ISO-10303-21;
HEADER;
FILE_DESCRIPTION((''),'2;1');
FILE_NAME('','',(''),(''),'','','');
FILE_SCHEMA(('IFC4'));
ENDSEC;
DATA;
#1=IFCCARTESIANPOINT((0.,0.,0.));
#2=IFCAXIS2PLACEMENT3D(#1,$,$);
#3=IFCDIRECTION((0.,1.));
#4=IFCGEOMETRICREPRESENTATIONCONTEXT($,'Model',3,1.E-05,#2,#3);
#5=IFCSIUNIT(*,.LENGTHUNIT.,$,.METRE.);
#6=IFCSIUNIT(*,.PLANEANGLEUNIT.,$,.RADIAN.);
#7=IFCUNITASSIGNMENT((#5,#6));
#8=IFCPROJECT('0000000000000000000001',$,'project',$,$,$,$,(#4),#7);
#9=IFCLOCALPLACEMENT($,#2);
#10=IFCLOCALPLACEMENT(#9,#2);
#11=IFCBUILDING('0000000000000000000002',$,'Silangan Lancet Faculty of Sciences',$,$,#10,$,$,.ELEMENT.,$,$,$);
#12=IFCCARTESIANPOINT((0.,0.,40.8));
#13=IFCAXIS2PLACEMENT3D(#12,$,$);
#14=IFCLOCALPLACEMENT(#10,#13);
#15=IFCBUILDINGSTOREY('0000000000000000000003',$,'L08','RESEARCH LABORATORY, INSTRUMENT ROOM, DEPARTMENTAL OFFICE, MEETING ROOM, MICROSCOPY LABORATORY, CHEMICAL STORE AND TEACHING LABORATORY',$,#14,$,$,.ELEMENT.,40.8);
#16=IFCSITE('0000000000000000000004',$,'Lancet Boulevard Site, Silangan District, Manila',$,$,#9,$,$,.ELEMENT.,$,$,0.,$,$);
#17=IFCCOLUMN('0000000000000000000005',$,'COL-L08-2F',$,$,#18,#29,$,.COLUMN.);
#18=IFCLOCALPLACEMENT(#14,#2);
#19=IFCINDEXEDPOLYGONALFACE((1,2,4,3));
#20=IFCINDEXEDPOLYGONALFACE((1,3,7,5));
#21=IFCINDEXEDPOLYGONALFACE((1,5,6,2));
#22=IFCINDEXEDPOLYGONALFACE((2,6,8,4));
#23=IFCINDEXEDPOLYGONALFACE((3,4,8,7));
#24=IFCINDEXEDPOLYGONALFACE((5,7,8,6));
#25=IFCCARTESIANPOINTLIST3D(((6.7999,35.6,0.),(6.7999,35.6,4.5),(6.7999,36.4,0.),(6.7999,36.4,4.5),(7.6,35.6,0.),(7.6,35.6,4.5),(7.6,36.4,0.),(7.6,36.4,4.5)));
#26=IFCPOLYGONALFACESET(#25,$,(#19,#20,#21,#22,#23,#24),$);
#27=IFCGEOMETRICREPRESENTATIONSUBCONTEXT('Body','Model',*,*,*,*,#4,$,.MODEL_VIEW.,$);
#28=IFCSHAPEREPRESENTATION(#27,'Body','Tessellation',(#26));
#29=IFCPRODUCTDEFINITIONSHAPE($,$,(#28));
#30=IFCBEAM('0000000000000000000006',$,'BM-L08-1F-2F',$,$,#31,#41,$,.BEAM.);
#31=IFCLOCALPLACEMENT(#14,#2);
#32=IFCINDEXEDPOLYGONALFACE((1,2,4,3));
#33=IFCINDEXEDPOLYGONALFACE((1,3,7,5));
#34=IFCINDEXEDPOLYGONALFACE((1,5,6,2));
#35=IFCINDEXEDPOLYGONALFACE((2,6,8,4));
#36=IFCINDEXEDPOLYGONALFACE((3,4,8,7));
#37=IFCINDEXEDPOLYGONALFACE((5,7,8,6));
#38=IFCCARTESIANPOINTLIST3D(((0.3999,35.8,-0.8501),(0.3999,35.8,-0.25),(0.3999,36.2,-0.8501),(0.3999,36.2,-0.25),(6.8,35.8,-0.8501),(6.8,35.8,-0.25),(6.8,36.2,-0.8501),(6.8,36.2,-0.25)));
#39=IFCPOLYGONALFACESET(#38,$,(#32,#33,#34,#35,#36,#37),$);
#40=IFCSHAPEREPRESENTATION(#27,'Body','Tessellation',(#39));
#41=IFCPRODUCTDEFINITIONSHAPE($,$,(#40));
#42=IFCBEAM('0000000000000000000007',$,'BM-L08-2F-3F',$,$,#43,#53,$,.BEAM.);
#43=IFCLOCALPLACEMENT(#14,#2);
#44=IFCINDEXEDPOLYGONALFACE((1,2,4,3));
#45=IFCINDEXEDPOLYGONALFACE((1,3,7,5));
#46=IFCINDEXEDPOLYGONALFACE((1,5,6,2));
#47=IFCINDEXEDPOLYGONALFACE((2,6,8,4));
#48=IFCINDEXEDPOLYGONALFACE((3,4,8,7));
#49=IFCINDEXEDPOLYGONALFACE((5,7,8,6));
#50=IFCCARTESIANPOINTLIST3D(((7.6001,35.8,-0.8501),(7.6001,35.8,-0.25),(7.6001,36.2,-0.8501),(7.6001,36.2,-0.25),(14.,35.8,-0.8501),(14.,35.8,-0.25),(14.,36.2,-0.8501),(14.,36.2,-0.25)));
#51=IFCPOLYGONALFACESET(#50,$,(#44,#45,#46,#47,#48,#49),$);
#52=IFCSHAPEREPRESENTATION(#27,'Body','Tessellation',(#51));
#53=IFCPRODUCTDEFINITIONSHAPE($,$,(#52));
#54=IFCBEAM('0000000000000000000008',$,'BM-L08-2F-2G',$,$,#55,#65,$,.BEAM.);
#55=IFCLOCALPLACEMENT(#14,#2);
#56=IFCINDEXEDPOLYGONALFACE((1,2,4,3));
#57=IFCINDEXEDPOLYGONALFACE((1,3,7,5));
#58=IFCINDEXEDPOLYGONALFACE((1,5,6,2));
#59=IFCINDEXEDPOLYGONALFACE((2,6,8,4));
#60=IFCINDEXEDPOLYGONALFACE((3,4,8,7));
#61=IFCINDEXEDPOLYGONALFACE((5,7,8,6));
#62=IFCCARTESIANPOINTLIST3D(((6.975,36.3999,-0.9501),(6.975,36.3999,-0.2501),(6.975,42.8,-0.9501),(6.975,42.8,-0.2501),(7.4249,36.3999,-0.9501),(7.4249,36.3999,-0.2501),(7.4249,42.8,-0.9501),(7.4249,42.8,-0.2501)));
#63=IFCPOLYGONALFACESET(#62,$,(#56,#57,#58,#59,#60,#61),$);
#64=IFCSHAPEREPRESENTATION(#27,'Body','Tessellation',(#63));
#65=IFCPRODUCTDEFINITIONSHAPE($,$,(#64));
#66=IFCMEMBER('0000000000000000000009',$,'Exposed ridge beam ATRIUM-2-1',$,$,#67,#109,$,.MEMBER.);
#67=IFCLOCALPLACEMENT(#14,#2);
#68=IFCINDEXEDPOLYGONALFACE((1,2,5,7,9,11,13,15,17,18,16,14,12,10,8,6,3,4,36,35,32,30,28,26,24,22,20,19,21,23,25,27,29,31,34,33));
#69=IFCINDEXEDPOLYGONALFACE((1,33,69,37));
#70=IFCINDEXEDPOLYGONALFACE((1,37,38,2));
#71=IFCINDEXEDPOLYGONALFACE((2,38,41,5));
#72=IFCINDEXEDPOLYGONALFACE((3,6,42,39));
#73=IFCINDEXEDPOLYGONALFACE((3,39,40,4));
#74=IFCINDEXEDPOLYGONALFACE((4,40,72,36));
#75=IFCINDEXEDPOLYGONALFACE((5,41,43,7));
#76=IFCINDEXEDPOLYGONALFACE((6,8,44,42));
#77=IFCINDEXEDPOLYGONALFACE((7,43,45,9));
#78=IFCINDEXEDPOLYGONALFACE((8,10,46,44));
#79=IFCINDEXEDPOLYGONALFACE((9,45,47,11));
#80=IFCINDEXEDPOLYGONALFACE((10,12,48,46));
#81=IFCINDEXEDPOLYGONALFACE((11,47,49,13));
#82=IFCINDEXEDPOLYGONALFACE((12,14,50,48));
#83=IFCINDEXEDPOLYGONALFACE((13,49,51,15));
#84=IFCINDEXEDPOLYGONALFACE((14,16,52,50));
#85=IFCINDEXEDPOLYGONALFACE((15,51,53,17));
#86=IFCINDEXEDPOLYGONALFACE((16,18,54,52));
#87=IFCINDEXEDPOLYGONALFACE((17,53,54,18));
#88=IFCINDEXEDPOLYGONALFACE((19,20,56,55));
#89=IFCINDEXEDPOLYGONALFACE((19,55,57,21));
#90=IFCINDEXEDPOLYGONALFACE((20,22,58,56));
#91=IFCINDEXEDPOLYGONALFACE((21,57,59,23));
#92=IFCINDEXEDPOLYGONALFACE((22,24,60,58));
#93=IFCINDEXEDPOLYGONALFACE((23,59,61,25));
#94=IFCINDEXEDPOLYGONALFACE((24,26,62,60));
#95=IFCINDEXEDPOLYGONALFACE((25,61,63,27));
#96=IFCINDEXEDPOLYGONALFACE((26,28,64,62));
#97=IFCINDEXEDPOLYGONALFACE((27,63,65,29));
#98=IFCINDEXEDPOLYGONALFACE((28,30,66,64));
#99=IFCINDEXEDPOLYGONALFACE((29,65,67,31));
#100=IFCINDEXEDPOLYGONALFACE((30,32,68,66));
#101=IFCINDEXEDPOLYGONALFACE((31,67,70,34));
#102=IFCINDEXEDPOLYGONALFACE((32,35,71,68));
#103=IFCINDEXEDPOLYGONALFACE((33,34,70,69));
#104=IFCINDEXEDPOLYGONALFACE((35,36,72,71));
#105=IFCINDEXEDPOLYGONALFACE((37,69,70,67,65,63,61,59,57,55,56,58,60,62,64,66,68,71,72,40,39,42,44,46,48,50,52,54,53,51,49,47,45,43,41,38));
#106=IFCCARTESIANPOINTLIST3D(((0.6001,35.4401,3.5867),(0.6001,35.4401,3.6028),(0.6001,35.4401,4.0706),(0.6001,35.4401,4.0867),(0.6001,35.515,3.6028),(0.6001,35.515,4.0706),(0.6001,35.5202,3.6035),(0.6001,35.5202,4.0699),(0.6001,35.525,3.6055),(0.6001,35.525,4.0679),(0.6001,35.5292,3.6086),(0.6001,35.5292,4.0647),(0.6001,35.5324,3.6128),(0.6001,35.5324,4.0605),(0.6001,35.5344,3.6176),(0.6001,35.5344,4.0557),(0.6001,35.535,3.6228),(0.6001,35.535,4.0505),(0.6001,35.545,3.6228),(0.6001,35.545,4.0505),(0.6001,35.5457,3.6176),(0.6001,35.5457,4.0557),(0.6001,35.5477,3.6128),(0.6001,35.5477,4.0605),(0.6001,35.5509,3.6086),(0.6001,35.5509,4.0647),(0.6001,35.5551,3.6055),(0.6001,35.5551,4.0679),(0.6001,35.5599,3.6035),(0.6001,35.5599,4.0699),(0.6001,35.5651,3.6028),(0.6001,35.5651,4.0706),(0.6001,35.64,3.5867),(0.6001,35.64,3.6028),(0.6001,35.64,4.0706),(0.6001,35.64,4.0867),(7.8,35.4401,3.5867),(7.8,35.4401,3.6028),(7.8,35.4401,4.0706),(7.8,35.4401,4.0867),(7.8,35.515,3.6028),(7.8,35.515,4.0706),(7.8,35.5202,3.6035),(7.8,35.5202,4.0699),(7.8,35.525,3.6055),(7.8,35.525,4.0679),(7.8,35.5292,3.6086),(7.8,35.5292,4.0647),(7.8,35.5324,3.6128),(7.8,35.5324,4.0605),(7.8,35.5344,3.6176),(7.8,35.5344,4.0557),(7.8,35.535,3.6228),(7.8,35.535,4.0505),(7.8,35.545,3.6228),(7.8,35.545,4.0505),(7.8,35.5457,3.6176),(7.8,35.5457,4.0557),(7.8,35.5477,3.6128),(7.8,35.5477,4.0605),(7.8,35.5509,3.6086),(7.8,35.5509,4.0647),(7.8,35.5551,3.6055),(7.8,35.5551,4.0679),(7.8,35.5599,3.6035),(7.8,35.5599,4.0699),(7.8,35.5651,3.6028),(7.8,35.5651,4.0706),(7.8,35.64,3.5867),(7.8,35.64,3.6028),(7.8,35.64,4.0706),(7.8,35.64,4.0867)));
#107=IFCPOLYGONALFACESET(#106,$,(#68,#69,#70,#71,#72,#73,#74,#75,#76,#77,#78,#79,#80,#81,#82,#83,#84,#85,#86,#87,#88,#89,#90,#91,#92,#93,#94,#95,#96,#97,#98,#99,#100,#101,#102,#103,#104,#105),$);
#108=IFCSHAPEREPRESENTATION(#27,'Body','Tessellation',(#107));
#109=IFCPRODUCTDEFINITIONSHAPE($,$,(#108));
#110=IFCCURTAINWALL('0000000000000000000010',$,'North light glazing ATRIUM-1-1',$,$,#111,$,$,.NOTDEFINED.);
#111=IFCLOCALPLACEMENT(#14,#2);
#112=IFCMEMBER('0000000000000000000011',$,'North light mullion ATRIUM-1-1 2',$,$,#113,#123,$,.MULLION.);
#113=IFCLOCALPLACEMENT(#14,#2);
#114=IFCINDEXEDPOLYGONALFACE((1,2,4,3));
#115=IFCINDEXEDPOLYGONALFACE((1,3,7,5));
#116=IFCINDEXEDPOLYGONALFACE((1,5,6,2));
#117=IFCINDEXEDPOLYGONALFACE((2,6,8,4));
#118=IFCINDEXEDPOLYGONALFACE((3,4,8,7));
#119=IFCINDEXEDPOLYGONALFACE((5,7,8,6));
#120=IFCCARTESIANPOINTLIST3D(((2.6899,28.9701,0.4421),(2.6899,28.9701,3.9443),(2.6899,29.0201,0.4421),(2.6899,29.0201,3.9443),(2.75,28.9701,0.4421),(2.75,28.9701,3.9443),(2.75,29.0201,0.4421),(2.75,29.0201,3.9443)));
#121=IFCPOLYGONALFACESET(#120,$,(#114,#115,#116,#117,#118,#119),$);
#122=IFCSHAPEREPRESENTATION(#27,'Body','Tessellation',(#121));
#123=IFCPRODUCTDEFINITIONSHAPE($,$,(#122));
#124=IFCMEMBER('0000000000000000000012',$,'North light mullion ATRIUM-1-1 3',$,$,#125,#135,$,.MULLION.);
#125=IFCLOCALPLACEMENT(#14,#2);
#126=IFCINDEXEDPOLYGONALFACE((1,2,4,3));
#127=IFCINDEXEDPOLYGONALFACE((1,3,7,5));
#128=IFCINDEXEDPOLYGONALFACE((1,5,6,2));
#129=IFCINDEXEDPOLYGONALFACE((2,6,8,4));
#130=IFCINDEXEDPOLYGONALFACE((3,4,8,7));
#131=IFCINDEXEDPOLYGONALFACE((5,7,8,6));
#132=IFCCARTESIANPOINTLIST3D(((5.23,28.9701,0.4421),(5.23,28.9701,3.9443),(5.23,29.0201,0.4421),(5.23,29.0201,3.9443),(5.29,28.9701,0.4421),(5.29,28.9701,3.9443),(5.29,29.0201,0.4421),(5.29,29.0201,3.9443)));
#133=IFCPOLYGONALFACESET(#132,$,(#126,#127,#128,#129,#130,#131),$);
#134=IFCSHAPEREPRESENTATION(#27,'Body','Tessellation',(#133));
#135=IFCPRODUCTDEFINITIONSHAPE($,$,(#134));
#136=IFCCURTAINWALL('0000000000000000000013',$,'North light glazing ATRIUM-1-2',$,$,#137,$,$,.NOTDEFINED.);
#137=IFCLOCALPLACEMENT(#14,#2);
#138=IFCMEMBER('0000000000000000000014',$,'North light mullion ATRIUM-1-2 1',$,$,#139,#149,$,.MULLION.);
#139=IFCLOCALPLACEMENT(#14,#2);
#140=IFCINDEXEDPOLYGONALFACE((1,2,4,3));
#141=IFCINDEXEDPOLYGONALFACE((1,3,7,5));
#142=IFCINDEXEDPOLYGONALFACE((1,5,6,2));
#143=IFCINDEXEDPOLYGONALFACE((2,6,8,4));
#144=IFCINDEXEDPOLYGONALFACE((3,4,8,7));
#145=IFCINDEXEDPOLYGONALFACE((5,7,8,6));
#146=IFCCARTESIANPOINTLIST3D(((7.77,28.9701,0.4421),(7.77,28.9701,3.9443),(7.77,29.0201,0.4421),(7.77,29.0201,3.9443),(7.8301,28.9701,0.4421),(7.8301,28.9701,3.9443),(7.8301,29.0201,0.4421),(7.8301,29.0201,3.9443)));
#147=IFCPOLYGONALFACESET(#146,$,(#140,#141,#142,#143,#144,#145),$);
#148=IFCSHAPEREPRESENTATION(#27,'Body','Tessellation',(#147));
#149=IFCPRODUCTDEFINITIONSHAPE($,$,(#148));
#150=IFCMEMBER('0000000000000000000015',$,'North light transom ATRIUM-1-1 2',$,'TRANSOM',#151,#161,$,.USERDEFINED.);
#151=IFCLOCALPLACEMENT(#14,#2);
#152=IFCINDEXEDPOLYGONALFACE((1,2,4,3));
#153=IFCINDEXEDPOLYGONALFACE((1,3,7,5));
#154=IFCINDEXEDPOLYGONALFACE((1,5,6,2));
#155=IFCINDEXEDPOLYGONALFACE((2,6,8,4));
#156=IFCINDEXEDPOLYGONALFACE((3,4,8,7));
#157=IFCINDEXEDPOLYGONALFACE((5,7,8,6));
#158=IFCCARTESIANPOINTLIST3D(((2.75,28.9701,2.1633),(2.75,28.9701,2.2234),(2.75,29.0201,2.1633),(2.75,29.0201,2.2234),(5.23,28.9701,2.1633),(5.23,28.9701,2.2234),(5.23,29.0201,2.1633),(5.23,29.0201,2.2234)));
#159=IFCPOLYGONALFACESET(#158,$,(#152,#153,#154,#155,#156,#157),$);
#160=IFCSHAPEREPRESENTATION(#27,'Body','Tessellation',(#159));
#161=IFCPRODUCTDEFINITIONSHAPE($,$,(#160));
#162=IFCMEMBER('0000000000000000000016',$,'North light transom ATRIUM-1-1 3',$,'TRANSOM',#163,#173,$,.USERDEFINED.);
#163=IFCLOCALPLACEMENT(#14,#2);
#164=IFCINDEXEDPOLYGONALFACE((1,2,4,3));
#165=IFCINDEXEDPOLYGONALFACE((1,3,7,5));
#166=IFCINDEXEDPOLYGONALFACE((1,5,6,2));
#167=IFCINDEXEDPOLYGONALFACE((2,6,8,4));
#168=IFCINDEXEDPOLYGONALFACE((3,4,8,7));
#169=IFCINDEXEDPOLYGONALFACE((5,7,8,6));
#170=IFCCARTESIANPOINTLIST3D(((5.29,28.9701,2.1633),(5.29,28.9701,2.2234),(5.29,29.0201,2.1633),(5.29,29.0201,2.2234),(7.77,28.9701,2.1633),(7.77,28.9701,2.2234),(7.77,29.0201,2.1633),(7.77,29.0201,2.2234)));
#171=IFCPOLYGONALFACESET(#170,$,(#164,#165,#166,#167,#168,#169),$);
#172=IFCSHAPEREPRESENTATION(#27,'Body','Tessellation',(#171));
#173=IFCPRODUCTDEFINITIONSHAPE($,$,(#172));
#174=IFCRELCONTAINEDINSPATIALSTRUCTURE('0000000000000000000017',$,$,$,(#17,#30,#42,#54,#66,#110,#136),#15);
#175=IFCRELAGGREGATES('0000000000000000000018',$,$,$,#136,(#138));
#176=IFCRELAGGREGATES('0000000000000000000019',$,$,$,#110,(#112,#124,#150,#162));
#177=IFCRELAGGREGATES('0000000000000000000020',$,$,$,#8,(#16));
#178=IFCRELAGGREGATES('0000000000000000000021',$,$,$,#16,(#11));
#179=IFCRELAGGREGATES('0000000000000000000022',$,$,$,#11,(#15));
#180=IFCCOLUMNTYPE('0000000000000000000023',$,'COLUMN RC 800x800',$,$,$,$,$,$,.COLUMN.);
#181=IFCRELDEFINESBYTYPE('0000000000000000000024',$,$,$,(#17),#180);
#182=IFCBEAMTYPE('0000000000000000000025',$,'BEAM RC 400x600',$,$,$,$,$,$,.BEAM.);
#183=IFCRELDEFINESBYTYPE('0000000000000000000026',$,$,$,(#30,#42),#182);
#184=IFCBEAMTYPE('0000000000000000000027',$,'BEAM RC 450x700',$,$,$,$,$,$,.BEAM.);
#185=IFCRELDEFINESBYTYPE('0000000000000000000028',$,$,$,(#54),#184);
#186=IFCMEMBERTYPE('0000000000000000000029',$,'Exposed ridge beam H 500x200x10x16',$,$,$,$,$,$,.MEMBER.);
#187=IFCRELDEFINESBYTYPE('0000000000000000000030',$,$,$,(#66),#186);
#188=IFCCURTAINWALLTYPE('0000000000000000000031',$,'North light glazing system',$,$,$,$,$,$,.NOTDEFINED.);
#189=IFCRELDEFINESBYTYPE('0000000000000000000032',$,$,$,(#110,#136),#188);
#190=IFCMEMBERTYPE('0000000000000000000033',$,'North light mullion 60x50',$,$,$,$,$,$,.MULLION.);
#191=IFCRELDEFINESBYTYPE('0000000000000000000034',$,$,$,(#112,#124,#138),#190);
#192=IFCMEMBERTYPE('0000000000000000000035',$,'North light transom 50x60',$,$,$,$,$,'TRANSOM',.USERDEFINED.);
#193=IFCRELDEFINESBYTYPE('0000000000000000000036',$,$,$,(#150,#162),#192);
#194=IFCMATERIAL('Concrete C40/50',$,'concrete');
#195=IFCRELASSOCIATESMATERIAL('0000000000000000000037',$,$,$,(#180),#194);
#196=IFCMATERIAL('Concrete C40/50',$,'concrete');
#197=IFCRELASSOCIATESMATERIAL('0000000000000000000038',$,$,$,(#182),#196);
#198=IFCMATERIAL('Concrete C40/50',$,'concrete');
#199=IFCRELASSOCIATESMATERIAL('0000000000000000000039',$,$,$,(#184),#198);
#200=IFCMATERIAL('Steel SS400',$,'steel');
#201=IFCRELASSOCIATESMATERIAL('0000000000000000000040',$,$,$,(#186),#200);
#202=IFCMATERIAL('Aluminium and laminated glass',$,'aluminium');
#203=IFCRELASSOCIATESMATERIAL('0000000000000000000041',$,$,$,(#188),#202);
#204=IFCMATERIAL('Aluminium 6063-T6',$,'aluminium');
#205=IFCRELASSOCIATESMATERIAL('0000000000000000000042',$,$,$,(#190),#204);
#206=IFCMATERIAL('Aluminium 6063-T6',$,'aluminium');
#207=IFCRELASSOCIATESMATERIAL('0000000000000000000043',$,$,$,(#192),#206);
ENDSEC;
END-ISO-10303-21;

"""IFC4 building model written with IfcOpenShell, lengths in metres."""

from ifc_helpers import new_model, si_unit, direction, frame, origin, origin_2d, place, context, subcontext, project, spatial, rectangle, i_section, extrude, material, material_profile, profile_set, type_object, element, aggregate, save


model = new_model("IFC4")

# Units and contexts
model_context = context("Model", 3, precision=1e-05, world=origin(), true_north=direction((0.0, 1.0)))
body_context = subcontext(model_context, "Body", "Model", "MODEL_VIEW")
ifc_project = project(units=[si_unit("LENGTHUNIT", "METRE"), si_unit("PLANEANGLEUNIT", "RADIAN")], contexts=[model_context])

# Site, building, storey
site_placement = place(None, origin())
site = spatial("IfcSite", under=ifc_project, at=site_placement, Name="Lancet Boulevard Site, Silangan District, Manila", CompositionType="ELEMENT", RefElevation=0.0)
building_placement = place(site_placement, origin())
building = spatial("IfcBuilding", under=site, at=building_placement, Name="Silangan Lancet Faculty of Sciences", CompositionType="ELEMENT")
storey_placement = place(building_placement, frame((0.0, 0.0, 40.8)))
storey = spatial("IfcBuildingStorey", under=building, at=storey_placement, Name="L08", Description="RESEARCH LABORATORY, INSTRUMENT ROOM, DEPARTMENTAL OFFICE, MEETING ROOM, MICROSCOPY LABORATORY, CHEMICAL STORE AND TEACHING LABORATORY", CompositionType="ELEMENT", Elevation=40.8)

# Column
ifc_material_1 = material(Name="Concrete C40/50", Category="concrete")
ifc_material_profile_1 = material_profile(ifc_material_1, rectangle(XDim=0.8, YDim=0.8, at=origin_2d()), Name="RC 800x800")
ifc_profile_set_1 = profile_set([ifc_material_profile_1], Name="Concrete C40/50")
column_type = type_object("IfcColumnType", Name="COLUMN RC 800x800", PredefinedType="COLUMN", material=ifc_profile_set_1)
column_placement = place(storey_placement, frame((7.2, 36.0, 0.0), z_axis=(0.0, 0.0, 1.0), x_axis=(1.0, 0.0, 0.0)))
element("IfcColumn", 1, at=column_placement, inside=storey, type_object=column_type, Name="COL-L08-2F", PredefinedType="COLUMN", context=body_context, shape_type="SweptSolid", body=[
    extrude(rectangle(XDim=0.8, YDim=0.8, at=origin_2d()), origin(), (0.0, 0.0, 1.0), 4.5),
])

# Beams
ifc_material_2 = material(Name="Concrete C40/50", Category="concrete")
ifc_material_profile_2 = material_profile(ifc_material_2, rectangle(XDim=0.3999, YDim=0.6001, at=origin_2d()), Name="RC 400x600")
ifc_profile_set_2 = profile_set([ifc_material_profile_2], Name="Concrete C40/50")
beam_type_1 = type_object("IfcBeamType", Name="BEAM RC 400x600", PredefinedType="BEAM", material=ifc_profile_set_2)
beam_1_placement = place(storey_placement, frame((0.3999, 36.0, -0.55), z_axis=(1.0, 0.0, 0.0), x_axis=(0.0, 1.0, 0.0)))
element("IfcBeam", 2, at=beam_1_placement, inside=storey, type_object=beam_type_1, Name="BM-L08-1F-2F", PredefinedType="BEAM", context=body_context, shape_type="SweptSolid", body=[
    extrude(rectangle(XDim=0.3999, YDim=0.6001, at=origin_2d()), origin(), (0.0, 0.0, 1.0), 6.4001),
])
beam_2_placement = place(storey_placement, frame((7.6001, 36.0, -0.55), z_axis=(1.0, 0.0, 0.0), x_axis=(0.0, 1.0, 0.0)))
element("IfcBeam", 3, at=beam_2_placement, inside=storey, type_object=beam_type_1, Name="BM-L08-2F-3F", PredefinedType="BEAM", context=body_context, shape_type="SweptSolid", body=[
    extrude(rectangle(XDim=0.3999, YDim=0.6001, at=origin_2d()), origin(), (0.0, 0.0, 1.0), 6.3999),
])
ifc_material_3 = material(Name="Concrete C40/50", Category="concrete")
ifc_material_profile_3 = material_profile(ifc_material_3, rectangle(XDim=0.45, YDim=0.7, at=origin_2d()), Name="RC 450x700")
ifc_profile_set_3 = profile_set([ifc_material_profile_3], Name="Concrete C40/50")
beam_type_2 = type_object("IfcBeamType", Name="BEAM RC 450x700", PredefinedType="BEAM", material=ifc_profile_set_3)
beam_3_placement = place(storey_placement, frame((7.2, 36.3999, -0.6001), z_axis=(0.0, 1.0, 0.0), x_axis=(-1.0, 0.0, 0.0)))
element("IfcBeam", 4, at=beam_3_placement, inside=storey, type_object=beam_type_2, Name="BM-L08-2F-2G", PredefinedType="BEAM", context=body_context, shape_type="SweptSolid", body=[
    extrude(rectangle(XDim=0.45, YDim=0.7, at=origin_2d()), origin(), (0.0, 0.0, 1.0), 6.4001),
])

# Member
ifc_material_4 = material(Name="Steel SS400", Category="steel")
ifc_material_profile_4 = material_profile(ifc_material_4, i_section(OverallWidth=0.2, OverallDepth=0.5, WebThickness=0.01, FlangeThickness=0.0161, FilletRadius=0.02, at=origin_2d()), Name="H 500x200x10x16")
ifc_profile_set_4 = profile_set([ifc_material_profile_4], Name="Steel SS400")
member_type_1 = type_object("IfcMemberType", Name="Exposed ridge beam H 500x200x10x16", PredefinedType="MEMBER", material=ifc_profile_set_4)
member_1_placement = place(storey_placement, frame((0.6001, 35.54, 3.8367), z_axis=(1.0, 0.0, 0.0), x_axis=(0.0, 1.0, 0.0)))
element("IfcMember", 5, at=member_1_placement, inside=storey, type_object=member_type_1, Name="Exposed ridge beam ATRIUM-2-1", PredefinedType="MEMBER", context=body_context, shape_type="SweptSolid", body=[
    extrude(i_section(OverallWidth=0.2, OverallDepth=0.5, WebThickness=0.01, FlangeThickness=0.0161, FilletRadius=0.02, at=origin_2d()), origin(), (0.0, 0.0, 1.0), 7.2),
])

# Curtain wall, members
ifc_material_5 = material(Name="Aluminium and laminated glass", Category="aluminium")
curtain_wall_type = type_object("IfcCurtainWallType", Name="North light glazing system", PredefinedType="NOTDEFINED", material=ifc_material_5)
curtain_wall_1_placement = place(storey_placement, origin())
curtain_wall_1 = element("IfcCurtainWall", 6, at=curtain_wall_1_placement, inside=storey, type_object=curtain_wall_type, Name="North light glazing ATRIUM-1-1", PredefinedType="NOTDEFINED")
ifc_material_6 = material(Name="Aluminium 6063-T6", Category="aluminium")
ifc_material_profile_5 = material_profile(ifc_material_6, rectangle(XDim=0.0601, YDim=0.05, at=origin_2d()), Name="AL 60x50")
ifc_profile_set_5 = profile_set([ifc_material_profile_5], Name="Aluminium 6063-T6")
member_type_2 = type_object("IfcMemberType", Name="North light mullion 60x50", PredefinedType="MULLION", material=ifc_profile_set_5)
member_2_placement = place(storey_placement, frame((2.72, 28.9951, 0.4421), z_axis=(0.0, 0.0, 1.0), x_axis=(1.0, 0.0, 0.0)))
member_2 = element("IfcMember", 7, at=member_2_placement, type_object=member_type_2, Name="North light mullion ATRIUM-1-1 2", PredefinedType="MULLION", context=body_context, shape_type="SweptSolid", body=[
    extrude(rectangle(XDim=0.0601, YDim=0.05, at=origin_2d()), origin(), (0.0, 0.0, 1.0), 3.5022),
])
member_3_placement = place(storey_placement, frame((5.26, 28.9951, 0.4421), z_axis=(0.0, 0.0, 1.0), x_axis=(1.0, 0.0, 0.0)))
member_3 = element("IfcMember", 8, at=member_3_placement, type_object=member_type_2, Name="North light mullion ATRIUM-1-1 3", PredefinedType="MULLION", context=body_context, shape_type="SweptSolid", body=[
    extrude(rectangle(XDim=0.0601, YDim=0.05, at=origin_2d()), origin(), (0.0, 0.0, 1.0), 3.5022),
])

# Curtain wall, member
curtain_wall_2_placement = place(storey_placement, origin())
curtain_wall_2 = element("IfcCurtainWall", 9, at=curtain_wall_2_placement, inside=storey, type_object=curtain_wall_type, Name="North light glazing ATRIUM-1-2", PredefinedType="NOTDEFINED")
member_4_placement = place(storey_placement, frame((7.8, 28.9951, 0.4421), z_axis=(0.0, 0.0, 1.0), x_axis=(1.0, 0.0, 0.0)))
member_4 = element("IfcMember", 10, at=member_4_placement, type_object=member_type_2, Name="North light mullion ATRIUM-1-2 1", PredefinedType="MULLION", context=body_context, shape_type="SweptSolid", body=[
    extrude(rectangle(XDim=0.0601, YDim=0.05, at=origin_2d()), origin(), (0.0, 0.0, 1.0), 3.5022),
])
aggregate(curtain_wall_2, [member_4])

# Members
ifc_material_7 = material(Name="Aluminium 6063-T6", Category="aluminium")
ifc_material_profile_6 = material_profile(ifc_material_7, rectangle(XDim=0.05, YDim=0.0601, at=origin_2d()), Name="AL 50x60")
ifc_profile_set_6 = profile_set([ifc_material_profile_6], Name="Aluminium 6063-T6")
member_type_3 = type_object("IfcMemberType", Name="North light transom 50x60", ElementType="TRANSOM", PredefinedType="USERDEFINED", material=ifc_profile_set_6)
member_5_placement = place(storey_placement, frame((2.75, 28.9951, 2.1934), z_axis=(1.0, 0.0, 0.0), x_axis=(0.0, 1.0, 0.0)))
member_5 = element("IfcMember", 11, at=member_5_placement, type_object=member_type_3, Name="North light transom ATRIUM-1-1 2", ObjectType="TRANSOM", PredefinedType="USERDEFINED", context=body_context, shape_type="SweptSolid", body=[
    extrude(rectangle(XDim=0.05, YDim=0.0601, at=origin_2d()), origin(), (0.0, 0.0, 1.0), 2.48),
])
member_6_placement = place(storey_placement, frame((5.29, 28.9951, 2.1934), z_axis=(1.0, 0.0, 0.0), x_axis=(0.0, 1.0, 0.0)))
member_6 = element("IfcMember", 12, at=member_6_placement, type_object=member_type_3, Name="North light transom ATRIUM-1-1 3", ObjectType="TRANSOM", PredefinedType="USERDEFINED", context=body_context, shape_type="SweptSolid", body=[
    extrude(rectangle(XDim=0.05, YDim=0.0601, at=origin_2d()), origin(), (0.0, 0.0, 1.0), 2.48),
])
aggregate(curtain_wall_1, [member_2, member_3, member_5, member_6])

save(model, "model.ifc")
